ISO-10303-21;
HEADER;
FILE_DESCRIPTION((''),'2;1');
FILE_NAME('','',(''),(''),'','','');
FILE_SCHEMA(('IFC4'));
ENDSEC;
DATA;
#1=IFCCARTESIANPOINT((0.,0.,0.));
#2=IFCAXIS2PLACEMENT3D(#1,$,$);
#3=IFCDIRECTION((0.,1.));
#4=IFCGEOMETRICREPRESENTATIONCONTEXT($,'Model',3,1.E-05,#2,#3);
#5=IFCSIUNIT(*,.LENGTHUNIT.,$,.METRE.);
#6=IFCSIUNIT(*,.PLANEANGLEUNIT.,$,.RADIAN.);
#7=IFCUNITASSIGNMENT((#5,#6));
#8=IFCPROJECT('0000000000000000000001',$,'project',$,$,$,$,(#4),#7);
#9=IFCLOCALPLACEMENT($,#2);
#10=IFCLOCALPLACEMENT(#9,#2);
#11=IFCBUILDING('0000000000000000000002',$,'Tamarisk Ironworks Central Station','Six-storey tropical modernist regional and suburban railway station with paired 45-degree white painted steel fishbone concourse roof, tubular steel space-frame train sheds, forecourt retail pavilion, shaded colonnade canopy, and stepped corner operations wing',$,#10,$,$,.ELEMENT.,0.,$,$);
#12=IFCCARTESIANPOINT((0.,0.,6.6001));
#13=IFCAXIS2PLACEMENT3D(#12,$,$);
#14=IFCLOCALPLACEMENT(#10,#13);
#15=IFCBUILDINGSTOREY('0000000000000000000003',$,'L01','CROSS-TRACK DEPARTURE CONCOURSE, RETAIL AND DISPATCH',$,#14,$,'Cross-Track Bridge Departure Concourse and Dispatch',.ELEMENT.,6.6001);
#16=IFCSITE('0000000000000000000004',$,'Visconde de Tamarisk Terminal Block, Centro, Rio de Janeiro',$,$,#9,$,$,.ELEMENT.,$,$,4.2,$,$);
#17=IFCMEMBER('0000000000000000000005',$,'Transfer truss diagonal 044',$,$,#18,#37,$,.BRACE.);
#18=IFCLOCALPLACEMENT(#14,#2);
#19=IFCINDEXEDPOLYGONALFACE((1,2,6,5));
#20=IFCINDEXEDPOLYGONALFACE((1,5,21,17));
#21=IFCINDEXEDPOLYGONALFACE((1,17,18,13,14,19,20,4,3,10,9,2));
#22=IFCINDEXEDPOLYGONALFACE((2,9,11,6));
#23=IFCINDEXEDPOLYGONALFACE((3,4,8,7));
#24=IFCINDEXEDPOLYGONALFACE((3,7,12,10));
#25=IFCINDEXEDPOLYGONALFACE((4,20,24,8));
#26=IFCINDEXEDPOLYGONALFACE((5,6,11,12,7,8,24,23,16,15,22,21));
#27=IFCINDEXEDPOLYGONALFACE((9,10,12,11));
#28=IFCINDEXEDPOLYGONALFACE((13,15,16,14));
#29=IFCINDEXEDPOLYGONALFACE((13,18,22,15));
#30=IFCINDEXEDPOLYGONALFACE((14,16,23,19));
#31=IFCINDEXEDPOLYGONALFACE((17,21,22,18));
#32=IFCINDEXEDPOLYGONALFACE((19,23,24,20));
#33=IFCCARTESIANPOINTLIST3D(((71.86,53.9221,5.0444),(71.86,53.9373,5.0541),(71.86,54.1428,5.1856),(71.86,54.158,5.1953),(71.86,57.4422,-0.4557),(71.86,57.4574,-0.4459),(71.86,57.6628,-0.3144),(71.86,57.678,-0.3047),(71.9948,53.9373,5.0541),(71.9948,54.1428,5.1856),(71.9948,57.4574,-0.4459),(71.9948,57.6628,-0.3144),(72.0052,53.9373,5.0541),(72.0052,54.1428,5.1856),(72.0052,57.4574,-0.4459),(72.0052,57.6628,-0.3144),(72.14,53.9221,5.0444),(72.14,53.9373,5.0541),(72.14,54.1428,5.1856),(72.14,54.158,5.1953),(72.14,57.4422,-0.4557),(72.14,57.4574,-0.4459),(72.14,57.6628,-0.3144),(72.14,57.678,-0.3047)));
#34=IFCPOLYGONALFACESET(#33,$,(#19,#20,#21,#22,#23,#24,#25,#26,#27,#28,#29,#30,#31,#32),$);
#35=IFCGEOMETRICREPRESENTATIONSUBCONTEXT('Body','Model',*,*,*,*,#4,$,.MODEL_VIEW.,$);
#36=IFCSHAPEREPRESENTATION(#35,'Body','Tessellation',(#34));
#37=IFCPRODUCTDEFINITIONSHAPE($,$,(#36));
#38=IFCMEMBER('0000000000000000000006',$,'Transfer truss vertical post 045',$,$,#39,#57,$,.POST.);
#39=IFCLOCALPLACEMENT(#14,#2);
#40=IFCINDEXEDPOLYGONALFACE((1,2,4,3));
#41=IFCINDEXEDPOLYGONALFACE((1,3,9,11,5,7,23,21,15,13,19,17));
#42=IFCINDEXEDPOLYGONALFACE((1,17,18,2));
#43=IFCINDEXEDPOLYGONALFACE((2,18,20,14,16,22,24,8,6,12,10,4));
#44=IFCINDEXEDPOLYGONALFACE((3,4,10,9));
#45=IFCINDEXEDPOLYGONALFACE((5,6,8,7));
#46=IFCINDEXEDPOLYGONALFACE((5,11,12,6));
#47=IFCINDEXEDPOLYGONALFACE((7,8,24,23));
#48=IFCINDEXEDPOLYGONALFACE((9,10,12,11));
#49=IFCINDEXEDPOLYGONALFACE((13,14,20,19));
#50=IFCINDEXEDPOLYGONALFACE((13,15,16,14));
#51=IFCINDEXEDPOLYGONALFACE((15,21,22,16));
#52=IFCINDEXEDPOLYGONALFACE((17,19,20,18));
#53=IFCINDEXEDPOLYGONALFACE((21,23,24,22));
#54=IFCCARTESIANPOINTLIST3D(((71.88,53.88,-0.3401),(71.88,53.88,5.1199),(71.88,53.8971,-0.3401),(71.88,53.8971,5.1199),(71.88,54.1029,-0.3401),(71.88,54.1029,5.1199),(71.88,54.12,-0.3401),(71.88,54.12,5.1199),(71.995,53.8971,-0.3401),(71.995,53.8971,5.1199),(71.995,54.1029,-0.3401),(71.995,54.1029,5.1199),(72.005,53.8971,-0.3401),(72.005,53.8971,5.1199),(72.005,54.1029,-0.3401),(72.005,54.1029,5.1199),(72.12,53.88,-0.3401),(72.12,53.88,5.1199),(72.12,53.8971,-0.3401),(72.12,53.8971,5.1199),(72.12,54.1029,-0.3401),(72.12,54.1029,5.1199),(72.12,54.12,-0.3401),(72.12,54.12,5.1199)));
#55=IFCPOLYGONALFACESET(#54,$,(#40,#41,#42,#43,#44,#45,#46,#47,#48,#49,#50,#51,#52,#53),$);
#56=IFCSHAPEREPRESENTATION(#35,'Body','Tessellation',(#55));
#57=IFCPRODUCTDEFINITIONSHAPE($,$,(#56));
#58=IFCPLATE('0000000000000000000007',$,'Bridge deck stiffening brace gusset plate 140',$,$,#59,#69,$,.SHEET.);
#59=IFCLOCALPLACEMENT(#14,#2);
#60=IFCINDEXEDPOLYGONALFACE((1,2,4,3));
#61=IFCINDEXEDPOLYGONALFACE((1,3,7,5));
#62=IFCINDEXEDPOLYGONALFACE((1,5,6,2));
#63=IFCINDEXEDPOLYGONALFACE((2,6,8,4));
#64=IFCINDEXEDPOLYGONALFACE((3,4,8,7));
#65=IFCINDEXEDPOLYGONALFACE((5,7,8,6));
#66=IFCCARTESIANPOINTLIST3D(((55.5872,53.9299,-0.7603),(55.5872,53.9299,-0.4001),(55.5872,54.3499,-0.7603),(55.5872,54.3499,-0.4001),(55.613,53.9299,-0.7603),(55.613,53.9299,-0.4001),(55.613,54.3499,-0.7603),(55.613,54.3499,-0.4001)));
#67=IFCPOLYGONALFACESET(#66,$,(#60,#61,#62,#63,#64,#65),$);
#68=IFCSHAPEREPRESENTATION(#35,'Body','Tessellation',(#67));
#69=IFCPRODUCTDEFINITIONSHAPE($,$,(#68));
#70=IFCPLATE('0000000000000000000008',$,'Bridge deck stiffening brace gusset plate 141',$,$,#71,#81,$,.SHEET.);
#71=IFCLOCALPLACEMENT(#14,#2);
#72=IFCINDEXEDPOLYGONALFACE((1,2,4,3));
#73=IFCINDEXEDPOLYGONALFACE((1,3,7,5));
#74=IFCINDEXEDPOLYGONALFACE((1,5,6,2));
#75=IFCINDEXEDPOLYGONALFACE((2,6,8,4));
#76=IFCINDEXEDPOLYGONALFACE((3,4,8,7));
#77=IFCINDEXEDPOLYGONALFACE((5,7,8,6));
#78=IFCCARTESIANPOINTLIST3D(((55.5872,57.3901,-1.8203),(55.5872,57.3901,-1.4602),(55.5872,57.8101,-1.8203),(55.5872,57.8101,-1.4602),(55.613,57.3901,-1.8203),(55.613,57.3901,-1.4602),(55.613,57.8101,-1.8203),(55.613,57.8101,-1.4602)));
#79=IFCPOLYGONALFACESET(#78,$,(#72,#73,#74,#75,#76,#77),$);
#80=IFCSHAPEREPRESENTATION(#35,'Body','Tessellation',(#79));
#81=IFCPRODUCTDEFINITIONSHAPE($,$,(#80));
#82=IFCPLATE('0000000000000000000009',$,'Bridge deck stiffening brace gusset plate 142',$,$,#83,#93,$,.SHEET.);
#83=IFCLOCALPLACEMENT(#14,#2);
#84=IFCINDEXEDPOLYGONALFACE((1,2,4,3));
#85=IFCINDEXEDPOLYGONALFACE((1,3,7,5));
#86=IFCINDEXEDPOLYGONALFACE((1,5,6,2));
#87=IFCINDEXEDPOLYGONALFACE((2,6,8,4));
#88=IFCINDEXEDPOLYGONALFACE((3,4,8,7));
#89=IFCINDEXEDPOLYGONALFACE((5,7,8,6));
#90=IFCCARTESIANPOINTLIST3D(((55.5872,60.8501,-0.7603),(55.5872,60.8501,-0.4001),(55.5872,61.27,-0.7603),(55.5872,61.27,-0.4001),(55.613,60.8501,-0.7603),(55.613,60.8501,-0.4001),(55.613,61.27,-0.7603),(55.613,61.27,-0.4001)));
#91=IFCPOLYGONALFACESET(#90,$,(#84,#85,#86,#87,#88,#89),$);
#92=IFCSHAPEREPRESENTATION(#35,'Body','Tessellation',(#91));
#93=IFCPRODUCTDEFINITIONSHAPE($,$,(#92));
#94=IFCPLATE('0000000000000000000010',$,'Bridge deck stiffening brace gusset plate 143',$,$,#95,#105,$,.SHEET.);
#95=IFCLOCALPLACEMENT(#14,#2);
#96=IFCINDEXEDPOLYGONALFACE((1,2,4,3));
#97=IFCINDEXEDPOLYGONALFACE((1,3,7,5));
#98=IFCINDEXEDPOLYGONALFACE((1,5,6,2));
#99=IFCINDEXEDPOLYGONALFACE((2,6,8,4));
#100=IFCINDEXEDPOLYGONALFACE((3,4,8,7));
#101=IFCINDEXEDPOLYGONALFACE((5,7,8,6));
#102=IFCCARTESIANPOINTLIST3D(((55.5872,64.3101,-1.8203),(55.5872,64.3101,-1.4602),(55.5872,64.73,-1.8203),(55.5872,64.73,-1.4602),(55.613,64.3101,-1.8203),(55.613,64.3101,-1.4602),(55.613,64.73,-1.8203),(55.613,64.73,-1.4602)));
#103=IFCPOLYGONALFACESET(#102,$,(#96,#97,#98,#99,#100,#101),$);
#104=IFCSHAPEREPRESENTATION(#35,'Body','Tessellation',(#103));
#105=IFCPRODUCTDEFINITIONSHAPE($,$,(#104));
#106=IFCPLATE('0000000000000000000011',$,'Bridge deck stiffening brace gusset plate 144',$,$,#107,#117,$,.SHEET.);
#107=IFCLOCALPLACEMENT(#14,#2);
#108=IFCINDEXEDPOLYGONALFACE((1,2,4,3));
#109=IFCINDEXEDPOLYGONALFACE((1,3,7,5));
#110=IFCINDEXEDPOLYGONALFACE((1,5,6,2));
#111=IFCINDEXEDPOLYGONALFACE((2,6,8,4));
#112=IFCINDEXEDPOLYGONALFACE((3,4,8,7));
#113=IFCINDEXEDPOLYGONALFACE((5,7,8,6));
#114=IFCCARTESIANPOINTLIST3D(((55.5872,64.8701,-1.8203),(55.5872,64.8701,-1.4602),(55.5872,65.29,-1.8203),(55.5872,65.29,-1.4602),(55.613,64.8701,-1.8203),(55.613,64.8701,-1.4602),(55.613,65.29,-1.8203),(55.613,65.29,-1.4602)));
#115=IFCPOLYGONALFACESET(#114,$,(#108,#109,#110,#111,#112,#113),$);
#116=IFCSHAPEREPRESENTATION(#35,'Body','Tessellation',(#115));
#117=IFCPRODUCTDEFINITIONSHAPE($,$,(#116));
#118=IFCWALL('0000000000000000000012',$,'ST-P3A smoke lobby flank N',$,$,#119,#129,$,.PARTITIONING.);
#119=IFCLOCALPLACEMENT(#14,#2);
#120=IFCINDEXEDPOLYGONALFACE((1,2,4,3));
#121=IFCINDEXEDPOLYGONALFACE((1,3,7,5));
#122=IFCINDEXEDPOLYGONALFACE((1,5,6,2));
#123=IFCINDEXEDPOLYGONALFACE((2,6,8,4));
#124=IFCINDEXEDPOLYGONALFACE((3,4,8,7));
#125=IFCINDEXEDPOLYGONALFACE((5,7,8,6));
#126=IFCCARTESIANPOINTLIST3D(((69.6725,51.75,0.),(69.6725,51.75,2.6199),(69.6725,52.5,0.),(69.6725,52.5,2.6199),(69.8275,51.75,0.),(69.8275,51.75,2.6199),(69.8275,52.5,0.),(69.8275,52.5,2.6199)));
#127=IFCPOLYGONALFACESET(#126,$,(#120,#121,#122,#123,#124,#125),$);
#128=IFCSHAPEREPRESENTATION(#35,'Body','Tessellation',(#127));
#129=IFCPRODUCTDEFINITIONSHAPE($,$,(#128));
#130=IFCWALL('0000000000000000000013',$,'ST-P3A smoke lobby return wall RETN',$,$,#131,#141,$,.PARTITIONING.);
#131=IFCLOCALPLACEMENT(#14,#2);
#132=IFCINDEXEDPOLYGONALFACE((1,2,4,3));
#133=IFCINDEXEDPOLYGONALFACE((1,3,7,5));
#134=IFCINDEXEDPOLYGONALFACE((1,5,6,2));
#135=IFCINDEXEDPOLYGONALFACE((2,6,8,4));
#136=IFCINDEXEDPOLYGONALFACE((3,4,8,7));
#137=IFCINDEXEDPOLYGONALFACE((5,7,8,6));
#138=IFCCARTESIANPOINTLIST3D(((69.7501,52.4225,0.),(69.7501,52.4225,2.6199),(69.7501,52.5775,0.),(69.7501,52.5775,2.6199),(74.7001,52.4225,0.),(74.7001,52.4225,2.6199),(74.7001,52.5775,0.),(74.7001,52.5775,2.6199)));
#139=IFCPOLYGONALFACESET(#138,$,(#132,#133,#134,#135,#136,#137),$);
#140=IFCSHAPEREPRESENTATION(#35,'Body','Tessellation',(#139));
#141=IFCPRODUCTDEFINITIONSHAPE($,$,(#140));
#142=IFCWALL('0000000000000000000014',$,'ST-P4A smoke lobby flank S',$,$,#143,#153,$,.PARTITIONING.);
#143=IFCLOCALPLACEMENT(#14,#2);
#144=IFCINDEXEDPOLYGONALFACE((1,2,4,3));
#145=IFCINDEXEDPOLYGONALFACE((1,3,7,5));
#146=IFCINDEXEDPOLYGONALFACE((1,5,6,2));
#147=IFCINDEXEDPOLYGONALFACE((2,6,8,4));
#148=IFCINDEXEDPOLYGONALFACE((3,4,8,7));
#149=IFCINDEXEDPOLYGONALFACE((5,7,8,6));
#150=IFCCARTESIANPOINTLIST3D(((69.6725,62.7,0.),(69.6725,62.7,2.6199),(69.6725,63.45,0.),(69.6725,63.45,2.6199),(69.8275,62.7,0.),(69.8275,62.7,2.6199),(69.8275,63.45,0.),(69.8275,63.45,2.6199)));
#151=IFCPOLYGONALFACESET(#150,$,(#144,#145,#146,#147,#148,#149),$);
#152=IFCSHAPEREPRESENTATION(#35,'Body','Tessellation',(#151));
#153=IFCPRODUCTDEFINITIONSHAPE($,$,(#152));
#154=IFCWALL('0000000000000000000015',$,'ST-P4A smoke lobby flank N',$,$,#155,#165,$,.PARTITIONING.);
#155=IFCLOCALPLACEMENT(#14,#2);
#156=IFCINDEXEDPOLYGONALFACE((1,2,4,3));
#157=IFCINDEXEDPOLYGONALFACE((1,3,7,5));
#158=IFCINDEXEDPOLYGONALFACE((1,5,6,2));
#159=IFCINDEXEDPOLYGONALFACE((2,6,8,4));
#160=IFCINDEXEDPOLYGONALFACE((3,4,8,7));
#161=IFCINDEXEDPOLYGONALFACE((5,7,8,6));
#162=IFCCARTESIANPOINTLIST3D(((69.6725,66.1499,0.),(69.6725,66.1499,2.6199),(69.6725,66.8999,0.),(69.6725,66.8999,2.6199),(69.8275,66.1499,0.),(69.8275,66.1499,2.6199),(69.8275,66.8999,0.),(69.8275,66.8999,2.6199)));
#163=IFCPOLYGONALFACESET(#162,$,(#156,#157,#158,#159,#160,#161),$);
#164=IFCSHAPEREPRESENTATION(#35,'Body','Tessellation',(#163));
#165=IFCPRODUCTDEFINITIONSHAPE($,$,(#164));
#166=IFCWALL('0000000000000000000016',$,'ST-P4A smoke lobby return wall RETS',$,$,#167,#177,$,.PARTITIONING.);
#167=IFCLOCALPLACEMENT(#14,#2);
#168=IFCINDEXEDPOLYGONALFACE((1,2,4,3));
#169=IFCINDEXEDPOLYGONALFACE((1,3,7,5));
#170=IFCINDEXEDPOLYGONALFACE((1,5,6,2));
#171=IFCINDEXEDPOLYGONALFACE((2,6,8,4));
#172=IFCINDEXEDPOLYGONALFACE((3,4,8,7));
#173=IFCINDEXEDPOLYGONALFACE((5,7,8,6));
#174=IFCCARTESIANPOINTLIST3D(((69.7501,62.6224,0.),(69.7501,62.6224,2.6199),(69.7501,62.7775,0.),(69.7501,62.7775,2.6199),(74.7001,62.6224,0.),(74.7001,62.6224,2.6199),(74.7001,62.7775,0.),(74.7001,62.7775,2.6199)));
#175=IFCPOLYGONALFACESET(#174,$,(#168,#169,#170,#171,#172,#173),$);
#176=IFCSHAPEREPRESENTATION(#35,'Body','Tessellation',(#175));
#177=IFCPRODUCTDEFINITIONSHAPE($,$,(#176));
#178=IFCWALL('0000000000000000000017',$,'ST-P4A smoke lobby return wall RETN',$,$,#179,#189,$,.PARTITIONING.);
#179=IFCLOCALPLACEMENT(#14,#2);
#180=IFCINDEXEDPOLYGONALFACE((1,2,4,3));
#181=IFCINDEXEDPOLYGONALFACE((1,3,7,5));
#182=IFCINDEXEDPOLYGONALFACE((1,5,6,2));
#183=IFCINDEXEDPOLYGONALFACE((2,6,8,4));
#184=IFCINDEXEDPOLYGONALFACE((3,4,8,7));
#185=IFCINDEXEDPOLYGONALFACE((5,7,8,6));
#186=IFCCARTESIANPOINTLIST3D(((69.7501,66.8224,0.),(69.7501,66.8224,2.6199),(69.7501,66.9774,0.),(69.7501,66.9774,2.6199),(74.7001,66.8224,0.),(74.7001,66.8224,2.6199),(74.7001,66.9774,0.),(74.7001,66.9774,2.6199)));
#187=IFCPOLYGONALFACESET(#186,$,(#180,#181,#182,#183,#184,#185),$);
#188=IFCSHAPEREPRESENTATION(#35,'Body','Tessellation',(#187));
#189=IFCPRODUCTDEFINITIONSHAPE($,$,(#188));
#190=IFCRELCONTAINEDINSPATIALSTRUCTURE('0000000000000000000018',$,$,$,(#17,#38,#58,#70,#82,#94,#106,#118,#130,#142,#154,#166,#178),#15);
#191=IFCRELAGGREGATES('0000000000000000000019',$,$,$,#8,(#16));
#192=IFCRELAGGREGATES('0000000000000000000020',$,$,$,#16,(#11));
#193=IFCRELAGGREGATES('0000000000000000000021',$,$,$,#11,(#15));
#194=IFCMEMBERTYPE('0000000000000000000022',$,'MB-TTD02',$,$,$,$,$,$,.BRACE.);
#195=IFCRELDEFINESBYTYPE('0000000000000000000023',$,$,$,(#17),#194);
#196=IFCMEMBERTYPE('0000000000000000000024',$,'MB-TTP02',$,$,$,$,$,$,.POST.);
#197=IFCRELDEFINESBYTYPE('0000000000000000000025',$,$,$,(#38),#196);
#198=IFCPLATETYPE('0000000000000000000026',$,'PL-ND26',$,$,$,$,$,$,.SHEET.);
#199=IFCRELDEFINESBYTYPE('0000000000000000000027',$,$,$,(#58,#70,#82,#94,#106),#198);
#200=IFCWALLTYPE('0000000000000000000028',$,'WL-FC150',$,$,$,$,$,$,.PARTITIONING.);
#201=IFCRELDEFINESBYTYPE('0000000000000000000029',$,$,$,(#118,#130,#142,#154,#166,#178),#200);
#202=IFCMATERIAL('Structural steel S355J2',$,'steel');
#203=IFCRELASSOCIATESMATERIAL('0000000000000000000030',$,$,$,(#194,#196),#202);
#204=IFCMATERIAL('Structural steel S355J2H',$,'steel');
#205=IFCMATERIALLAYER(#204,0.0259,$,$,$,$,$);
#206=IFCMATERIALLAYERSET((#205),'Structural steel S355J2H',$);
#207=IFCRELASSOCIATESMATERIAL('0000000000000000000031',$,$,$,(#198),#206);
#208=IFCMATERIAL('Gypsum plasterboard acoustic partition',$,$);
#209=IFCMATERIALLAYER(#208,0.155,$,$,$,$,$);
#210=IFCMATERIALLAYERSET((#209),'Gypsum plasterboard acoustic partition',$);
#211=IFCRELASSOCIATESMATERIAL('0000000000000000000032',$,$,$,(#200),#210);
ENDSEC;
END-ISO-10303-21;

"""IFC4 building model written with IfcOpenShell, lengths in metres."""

from ifc_helpers import new_model, si_unit, direction, frame, frame_2d, origin, origin_2d, place, context, subcontext, project, spatial, rectangle, i_section, extrude, material, layer, layer_set, material_profile, profile_set, type_object, element, save


model = new_model("IFC4")

# Units and contexts
model_context = context("Model", 3, precision=1e-05, world=origin(), true_north=direction((0.0, 1.0)))
body_context = subcontext(model_context, "Body", "Model", "MODEL_VIEW")
ifc_project = project(units=[si_unit("LENGTHUNIT", "METRE"), si_unit("PLANEANGLEUNIT", "RADIAN")], contexts=[model_context])

# Site, building, storey
site_placement = place(None, origin())
site = spatial("IfcSite", under=ifc_project, at=site_placement, Name="Visconde de Tamarisk Terminal Block, Centro, Rio de Janeiro", CompositionType="ELEMENT", RefElevation=4.2)
building_placement = place(site_placement, origin())
building = spatial("IfcBuilding", under=site, at=building_placement, Name="Tamarisk Ironworks Central Station", Description="Six-storey tropical modernist regional and suburban railway station with paired 45-degree white painted steel fishbone concourse roof, tubular steel space-frame train sheds, forecourt retail pavilion, shaded colonnade canopy, and stepped corner operations wing", CompositionType="ELEMENT", ElevationOfRefHeight=0.0)
storey_placement = place(building_placement, frame((0.0, 0.0, 6.6001)))
storey = spatial("IfcBuildingStorey", under=building, at=storey_placement, Name="L01", Description="CROSS-TRACK DEPARTURE CONCOURSE, RETAIL AND DISPATCH", LongName="Cross-Track Bridge Departure Concourse and Dispatch", CompositionType="ELEMENT", Elevation=6.6001)

# Shared definitions
ifc_material_1 = material(Name="Structural steel S355J2", Category="steel")

# Members
ifc_material_2 = material(Name="Structural steel S355J2H", Category="steel")
ifc_material_profile_1 = material_profile(ifc_material_1, i_section(OverallWidth=0.28, OverallDepth=0.28, WebThickness=0.0105, FlangeThickness=0.0181, at=origin_2d()), Name="HEB 280")
ifc_profile_set_1 = profile_set([ifc_material_profile_1], Name="Structural steel S355J2")
member_type_1 = type_object("IfcMemberType", Name="MB-TTD02", PredefinedType="BRACE", material=ifc_profile_set_1)
member_1_placement = place(storey_placement, frame((72.0, 54.04, 5.1199), z_axis=(0.0, 0.539056, -0.84227), x_axis=(-1.0, 0.0, 0.0)))
element("IfcMember", 1, at=member_1_placement, inside=storey, type_object=member_type_1, Name="Transfer truss diagonal 044", PredefinedType="BRACE", context=body_context, shape_type="SweptSolid", body=[
    extrude(i_section(OverallWidth=0.28, OverallDepth=0.28, WebThickness=0.0105, FlangeThickness=0.0181, at=origin_2d()), origin(), (0.0, 0.0, 1.0), 6.53),
])
ifc_material_profile_2 = material_profile(ifc_material_1, i_section(OverallWidth=0.24, OverallDepth=0.24, WebThickness=0.01, FlangeThickness=0.0171, at=origin_2d()), Name="HEB 240")
ifc_profile_set_2 = profile_set([ifc_material_profile_2], Name="Structural steel S355J2")
member_type_2 = type_object("IfcMemberType", Name="MB-TTP02", PredefinedType="POST", material=ifc_profile_set_2)
member_2_placement = place(storey_placement, frame((72.0, 54.0, -0.3401), z_axis=(0.0, 0.0, 1.0), x_axis=(1.0, 0.0, 0.0)))
element("IfcMember", 2, at=member_2_placement, inside=storey, type_object=member_type_2, Name="Transfer truss vertical post 045", PredefinedType="POST", context=body_context, shape_type="SweptSolid", body=[
    extrude(i_section(OverallWidth=0.24, OverallDepth=0.24, WebThickness=0.01, FlangeThickness=0.0171, at=origin_2d()), origin(), (0.0, 0.0, 1.0), 5.46),
])

# Plates
ifc_layer_1 = layer(ifc_material_2, 0.0259)
ifc_layer_set_1 = layer_set([ifc_layer_1], Name="Structural steel S355J2H")
plate_type = type_object("IfcPlateType", Name="PL-ND26", PredefinedType="SHEET", material=ifc_layer_set_1)
for number, where, z_axis, x_axis, name in (
    (3, (55.6001, 54.1399, -0.7603), (0.0, 0.0, 1.0), (1.0, 0.0, 0.0), "Bridge deck stiffening brace gusset plate 140"),
    (4, (55.6001, 57.6001, -1.8203), (0.0, 0.0, 1.0), (1.0, 0.0, 0.0), "Bridge deck stiffening brace gusset plate 141"),
    (5, (55.6001, 61.0601, -0.7603), (0.0, 0.0, 1.0), (1.0, 0.0, 0.0), "Bridge deck stiffening brace gusset plate 142"),
    (6, (55.6001, 64.52, -1.8203), (0.0, 0.0, 1.0), (1.0, 0.0, 0.0), "Bridge deck stiffening brace gusset plate 143"),
    (7, (55.6001, 65.0801, -1.8203), (0.0, 0.0, 1.0), (1.0, 0.0, 0.0), "Bridge deck stiffening brace gusset plate 144"),
):
    element("IfcPlate", number, at=place(storey_placement, frame(where, z_axis=z_axis, x_axis=x_axis)), inside=storey, type_object=plate_type, Name=name, PredefinedType="SHEET", context=body_context, shape_type="SweptSolid", body=[
        extrude(rectangle(XDim=0.0259, YDim=0.4199, at=origin_2d()), origin(), (0.0, 0.0, 1.0), 0.3601),
    ])

# Walls
ifc_material_3 = material(Name="Gypsum plasterboard acoustic partition")
ifc_layer_2 = layer(ifc_material_3, 0.155)
ifc_layer_set_2 = layer_set([ifc_layer_2], Name="Gypsum plasterboard acoustic partition")
wall_type = type_object("IfcWallType", Name="WL-FC150", PredefinedType="PARTITIONING", material=ifc_layer_set_2)
wall_1_placement = place(storey_placement, frame((69.75, 51.75, 0.0), z_axis=(0.0, 0.0, 1.0), x_axis=(0.0, 1.0, 0.0)))
element("IfcWall", 8, at=wall_1_placement, inside=storey, type_object=wall_type, Name="ST-P3A smoke lobby flank N", PredefinedType="PARTITIONING", context=body_context, shape_type="SweptSolid", body=[
    extrude(rectangle(XDim=0.75, YDim=0.155, at=frame_2d((0.375, 0.0))), origin(), (0.0, 0.0, 1.0), 2.6199),
])
wall_2_placement = place(storey_placement, frame((69.75, 52.5, 0.0), z_axis=(0.0, 0.0, 1.0), x_axis=(1.0, 0.0, 0.0)))
element("IfcWall", 9, at=wall_2_placement, inside=storey, type_object=wall_type, Name="ST-P3A smoke lobby return wall RETN", PredefinedType="PARTITIONING", context=body_context, shape_type="SweptSolid", body=[
    extrude(rectangle(XDim=4.95, YDim=0.155, at=frame_2d((2.4751, 0.0))), origin(), (0.0, 0.0, 1.0), 2.6199),
])
for number, where, z_axis, x_axis, name in (
    (10, (69.75, 62.7, 0.0), (0.0, 0.0, 1.0), (0.0, 1.0, 0.0), "ST-P4A smoke lobby flank S"),
    (11, (69.75, 66.1499, 0.0), (0.0, 0.0, 1.0), (0.0, 1.0, 0.0), "ST-P4A smoke lobby flank N"),
):
    element("IfcWall", number, at=place(storey_placement, frame(where, z_axis=z_axis, x_axis=x_axis)), inside=storey, type_object=wall_type, Name=name, PredefinedType="PARTITIONING", context=body_context, shape_type="SweptSolid", body=[
        extrude(rectangle(XDim=0.75, YDim=0.155, at=frame_2d((0.375, 0.0))), origin(), (0.0, 0.0, 1.0), 2.6199),
    ])
for number, where, z_axis, x_axis, name in (
    (12, (69.75, 62.7, 0.0), (0.0, 0.0, 1.0), (1.0, 0.0, 0.0), "ST-P4A smoke lobby return wall RETS"),
    (13, (69.75, 66.8999, 0.0), (0.0, 0.0, 1.0), (1.0, 0.0, 0.0), "ST-P4A smoke lobby return wall RETN"),
):
    element("IfcWall", number, at=place(storey_placement, frame(where, z_axis=z_axis, x_axis=x_axis)), inside=storey, type_object=wall_type, Name=name, PredefinedType="PARTITIONING", context=body_context, shape_type="SweptSolid", body=[
        extrude(rectangle(XDim=4.95, YDim=0.155, at=frame_2d((2.4751, 0.0))), origin(), (0.0, 0.0, 1.0), 2.6199),
    ])

save(model, "model.ifc")
